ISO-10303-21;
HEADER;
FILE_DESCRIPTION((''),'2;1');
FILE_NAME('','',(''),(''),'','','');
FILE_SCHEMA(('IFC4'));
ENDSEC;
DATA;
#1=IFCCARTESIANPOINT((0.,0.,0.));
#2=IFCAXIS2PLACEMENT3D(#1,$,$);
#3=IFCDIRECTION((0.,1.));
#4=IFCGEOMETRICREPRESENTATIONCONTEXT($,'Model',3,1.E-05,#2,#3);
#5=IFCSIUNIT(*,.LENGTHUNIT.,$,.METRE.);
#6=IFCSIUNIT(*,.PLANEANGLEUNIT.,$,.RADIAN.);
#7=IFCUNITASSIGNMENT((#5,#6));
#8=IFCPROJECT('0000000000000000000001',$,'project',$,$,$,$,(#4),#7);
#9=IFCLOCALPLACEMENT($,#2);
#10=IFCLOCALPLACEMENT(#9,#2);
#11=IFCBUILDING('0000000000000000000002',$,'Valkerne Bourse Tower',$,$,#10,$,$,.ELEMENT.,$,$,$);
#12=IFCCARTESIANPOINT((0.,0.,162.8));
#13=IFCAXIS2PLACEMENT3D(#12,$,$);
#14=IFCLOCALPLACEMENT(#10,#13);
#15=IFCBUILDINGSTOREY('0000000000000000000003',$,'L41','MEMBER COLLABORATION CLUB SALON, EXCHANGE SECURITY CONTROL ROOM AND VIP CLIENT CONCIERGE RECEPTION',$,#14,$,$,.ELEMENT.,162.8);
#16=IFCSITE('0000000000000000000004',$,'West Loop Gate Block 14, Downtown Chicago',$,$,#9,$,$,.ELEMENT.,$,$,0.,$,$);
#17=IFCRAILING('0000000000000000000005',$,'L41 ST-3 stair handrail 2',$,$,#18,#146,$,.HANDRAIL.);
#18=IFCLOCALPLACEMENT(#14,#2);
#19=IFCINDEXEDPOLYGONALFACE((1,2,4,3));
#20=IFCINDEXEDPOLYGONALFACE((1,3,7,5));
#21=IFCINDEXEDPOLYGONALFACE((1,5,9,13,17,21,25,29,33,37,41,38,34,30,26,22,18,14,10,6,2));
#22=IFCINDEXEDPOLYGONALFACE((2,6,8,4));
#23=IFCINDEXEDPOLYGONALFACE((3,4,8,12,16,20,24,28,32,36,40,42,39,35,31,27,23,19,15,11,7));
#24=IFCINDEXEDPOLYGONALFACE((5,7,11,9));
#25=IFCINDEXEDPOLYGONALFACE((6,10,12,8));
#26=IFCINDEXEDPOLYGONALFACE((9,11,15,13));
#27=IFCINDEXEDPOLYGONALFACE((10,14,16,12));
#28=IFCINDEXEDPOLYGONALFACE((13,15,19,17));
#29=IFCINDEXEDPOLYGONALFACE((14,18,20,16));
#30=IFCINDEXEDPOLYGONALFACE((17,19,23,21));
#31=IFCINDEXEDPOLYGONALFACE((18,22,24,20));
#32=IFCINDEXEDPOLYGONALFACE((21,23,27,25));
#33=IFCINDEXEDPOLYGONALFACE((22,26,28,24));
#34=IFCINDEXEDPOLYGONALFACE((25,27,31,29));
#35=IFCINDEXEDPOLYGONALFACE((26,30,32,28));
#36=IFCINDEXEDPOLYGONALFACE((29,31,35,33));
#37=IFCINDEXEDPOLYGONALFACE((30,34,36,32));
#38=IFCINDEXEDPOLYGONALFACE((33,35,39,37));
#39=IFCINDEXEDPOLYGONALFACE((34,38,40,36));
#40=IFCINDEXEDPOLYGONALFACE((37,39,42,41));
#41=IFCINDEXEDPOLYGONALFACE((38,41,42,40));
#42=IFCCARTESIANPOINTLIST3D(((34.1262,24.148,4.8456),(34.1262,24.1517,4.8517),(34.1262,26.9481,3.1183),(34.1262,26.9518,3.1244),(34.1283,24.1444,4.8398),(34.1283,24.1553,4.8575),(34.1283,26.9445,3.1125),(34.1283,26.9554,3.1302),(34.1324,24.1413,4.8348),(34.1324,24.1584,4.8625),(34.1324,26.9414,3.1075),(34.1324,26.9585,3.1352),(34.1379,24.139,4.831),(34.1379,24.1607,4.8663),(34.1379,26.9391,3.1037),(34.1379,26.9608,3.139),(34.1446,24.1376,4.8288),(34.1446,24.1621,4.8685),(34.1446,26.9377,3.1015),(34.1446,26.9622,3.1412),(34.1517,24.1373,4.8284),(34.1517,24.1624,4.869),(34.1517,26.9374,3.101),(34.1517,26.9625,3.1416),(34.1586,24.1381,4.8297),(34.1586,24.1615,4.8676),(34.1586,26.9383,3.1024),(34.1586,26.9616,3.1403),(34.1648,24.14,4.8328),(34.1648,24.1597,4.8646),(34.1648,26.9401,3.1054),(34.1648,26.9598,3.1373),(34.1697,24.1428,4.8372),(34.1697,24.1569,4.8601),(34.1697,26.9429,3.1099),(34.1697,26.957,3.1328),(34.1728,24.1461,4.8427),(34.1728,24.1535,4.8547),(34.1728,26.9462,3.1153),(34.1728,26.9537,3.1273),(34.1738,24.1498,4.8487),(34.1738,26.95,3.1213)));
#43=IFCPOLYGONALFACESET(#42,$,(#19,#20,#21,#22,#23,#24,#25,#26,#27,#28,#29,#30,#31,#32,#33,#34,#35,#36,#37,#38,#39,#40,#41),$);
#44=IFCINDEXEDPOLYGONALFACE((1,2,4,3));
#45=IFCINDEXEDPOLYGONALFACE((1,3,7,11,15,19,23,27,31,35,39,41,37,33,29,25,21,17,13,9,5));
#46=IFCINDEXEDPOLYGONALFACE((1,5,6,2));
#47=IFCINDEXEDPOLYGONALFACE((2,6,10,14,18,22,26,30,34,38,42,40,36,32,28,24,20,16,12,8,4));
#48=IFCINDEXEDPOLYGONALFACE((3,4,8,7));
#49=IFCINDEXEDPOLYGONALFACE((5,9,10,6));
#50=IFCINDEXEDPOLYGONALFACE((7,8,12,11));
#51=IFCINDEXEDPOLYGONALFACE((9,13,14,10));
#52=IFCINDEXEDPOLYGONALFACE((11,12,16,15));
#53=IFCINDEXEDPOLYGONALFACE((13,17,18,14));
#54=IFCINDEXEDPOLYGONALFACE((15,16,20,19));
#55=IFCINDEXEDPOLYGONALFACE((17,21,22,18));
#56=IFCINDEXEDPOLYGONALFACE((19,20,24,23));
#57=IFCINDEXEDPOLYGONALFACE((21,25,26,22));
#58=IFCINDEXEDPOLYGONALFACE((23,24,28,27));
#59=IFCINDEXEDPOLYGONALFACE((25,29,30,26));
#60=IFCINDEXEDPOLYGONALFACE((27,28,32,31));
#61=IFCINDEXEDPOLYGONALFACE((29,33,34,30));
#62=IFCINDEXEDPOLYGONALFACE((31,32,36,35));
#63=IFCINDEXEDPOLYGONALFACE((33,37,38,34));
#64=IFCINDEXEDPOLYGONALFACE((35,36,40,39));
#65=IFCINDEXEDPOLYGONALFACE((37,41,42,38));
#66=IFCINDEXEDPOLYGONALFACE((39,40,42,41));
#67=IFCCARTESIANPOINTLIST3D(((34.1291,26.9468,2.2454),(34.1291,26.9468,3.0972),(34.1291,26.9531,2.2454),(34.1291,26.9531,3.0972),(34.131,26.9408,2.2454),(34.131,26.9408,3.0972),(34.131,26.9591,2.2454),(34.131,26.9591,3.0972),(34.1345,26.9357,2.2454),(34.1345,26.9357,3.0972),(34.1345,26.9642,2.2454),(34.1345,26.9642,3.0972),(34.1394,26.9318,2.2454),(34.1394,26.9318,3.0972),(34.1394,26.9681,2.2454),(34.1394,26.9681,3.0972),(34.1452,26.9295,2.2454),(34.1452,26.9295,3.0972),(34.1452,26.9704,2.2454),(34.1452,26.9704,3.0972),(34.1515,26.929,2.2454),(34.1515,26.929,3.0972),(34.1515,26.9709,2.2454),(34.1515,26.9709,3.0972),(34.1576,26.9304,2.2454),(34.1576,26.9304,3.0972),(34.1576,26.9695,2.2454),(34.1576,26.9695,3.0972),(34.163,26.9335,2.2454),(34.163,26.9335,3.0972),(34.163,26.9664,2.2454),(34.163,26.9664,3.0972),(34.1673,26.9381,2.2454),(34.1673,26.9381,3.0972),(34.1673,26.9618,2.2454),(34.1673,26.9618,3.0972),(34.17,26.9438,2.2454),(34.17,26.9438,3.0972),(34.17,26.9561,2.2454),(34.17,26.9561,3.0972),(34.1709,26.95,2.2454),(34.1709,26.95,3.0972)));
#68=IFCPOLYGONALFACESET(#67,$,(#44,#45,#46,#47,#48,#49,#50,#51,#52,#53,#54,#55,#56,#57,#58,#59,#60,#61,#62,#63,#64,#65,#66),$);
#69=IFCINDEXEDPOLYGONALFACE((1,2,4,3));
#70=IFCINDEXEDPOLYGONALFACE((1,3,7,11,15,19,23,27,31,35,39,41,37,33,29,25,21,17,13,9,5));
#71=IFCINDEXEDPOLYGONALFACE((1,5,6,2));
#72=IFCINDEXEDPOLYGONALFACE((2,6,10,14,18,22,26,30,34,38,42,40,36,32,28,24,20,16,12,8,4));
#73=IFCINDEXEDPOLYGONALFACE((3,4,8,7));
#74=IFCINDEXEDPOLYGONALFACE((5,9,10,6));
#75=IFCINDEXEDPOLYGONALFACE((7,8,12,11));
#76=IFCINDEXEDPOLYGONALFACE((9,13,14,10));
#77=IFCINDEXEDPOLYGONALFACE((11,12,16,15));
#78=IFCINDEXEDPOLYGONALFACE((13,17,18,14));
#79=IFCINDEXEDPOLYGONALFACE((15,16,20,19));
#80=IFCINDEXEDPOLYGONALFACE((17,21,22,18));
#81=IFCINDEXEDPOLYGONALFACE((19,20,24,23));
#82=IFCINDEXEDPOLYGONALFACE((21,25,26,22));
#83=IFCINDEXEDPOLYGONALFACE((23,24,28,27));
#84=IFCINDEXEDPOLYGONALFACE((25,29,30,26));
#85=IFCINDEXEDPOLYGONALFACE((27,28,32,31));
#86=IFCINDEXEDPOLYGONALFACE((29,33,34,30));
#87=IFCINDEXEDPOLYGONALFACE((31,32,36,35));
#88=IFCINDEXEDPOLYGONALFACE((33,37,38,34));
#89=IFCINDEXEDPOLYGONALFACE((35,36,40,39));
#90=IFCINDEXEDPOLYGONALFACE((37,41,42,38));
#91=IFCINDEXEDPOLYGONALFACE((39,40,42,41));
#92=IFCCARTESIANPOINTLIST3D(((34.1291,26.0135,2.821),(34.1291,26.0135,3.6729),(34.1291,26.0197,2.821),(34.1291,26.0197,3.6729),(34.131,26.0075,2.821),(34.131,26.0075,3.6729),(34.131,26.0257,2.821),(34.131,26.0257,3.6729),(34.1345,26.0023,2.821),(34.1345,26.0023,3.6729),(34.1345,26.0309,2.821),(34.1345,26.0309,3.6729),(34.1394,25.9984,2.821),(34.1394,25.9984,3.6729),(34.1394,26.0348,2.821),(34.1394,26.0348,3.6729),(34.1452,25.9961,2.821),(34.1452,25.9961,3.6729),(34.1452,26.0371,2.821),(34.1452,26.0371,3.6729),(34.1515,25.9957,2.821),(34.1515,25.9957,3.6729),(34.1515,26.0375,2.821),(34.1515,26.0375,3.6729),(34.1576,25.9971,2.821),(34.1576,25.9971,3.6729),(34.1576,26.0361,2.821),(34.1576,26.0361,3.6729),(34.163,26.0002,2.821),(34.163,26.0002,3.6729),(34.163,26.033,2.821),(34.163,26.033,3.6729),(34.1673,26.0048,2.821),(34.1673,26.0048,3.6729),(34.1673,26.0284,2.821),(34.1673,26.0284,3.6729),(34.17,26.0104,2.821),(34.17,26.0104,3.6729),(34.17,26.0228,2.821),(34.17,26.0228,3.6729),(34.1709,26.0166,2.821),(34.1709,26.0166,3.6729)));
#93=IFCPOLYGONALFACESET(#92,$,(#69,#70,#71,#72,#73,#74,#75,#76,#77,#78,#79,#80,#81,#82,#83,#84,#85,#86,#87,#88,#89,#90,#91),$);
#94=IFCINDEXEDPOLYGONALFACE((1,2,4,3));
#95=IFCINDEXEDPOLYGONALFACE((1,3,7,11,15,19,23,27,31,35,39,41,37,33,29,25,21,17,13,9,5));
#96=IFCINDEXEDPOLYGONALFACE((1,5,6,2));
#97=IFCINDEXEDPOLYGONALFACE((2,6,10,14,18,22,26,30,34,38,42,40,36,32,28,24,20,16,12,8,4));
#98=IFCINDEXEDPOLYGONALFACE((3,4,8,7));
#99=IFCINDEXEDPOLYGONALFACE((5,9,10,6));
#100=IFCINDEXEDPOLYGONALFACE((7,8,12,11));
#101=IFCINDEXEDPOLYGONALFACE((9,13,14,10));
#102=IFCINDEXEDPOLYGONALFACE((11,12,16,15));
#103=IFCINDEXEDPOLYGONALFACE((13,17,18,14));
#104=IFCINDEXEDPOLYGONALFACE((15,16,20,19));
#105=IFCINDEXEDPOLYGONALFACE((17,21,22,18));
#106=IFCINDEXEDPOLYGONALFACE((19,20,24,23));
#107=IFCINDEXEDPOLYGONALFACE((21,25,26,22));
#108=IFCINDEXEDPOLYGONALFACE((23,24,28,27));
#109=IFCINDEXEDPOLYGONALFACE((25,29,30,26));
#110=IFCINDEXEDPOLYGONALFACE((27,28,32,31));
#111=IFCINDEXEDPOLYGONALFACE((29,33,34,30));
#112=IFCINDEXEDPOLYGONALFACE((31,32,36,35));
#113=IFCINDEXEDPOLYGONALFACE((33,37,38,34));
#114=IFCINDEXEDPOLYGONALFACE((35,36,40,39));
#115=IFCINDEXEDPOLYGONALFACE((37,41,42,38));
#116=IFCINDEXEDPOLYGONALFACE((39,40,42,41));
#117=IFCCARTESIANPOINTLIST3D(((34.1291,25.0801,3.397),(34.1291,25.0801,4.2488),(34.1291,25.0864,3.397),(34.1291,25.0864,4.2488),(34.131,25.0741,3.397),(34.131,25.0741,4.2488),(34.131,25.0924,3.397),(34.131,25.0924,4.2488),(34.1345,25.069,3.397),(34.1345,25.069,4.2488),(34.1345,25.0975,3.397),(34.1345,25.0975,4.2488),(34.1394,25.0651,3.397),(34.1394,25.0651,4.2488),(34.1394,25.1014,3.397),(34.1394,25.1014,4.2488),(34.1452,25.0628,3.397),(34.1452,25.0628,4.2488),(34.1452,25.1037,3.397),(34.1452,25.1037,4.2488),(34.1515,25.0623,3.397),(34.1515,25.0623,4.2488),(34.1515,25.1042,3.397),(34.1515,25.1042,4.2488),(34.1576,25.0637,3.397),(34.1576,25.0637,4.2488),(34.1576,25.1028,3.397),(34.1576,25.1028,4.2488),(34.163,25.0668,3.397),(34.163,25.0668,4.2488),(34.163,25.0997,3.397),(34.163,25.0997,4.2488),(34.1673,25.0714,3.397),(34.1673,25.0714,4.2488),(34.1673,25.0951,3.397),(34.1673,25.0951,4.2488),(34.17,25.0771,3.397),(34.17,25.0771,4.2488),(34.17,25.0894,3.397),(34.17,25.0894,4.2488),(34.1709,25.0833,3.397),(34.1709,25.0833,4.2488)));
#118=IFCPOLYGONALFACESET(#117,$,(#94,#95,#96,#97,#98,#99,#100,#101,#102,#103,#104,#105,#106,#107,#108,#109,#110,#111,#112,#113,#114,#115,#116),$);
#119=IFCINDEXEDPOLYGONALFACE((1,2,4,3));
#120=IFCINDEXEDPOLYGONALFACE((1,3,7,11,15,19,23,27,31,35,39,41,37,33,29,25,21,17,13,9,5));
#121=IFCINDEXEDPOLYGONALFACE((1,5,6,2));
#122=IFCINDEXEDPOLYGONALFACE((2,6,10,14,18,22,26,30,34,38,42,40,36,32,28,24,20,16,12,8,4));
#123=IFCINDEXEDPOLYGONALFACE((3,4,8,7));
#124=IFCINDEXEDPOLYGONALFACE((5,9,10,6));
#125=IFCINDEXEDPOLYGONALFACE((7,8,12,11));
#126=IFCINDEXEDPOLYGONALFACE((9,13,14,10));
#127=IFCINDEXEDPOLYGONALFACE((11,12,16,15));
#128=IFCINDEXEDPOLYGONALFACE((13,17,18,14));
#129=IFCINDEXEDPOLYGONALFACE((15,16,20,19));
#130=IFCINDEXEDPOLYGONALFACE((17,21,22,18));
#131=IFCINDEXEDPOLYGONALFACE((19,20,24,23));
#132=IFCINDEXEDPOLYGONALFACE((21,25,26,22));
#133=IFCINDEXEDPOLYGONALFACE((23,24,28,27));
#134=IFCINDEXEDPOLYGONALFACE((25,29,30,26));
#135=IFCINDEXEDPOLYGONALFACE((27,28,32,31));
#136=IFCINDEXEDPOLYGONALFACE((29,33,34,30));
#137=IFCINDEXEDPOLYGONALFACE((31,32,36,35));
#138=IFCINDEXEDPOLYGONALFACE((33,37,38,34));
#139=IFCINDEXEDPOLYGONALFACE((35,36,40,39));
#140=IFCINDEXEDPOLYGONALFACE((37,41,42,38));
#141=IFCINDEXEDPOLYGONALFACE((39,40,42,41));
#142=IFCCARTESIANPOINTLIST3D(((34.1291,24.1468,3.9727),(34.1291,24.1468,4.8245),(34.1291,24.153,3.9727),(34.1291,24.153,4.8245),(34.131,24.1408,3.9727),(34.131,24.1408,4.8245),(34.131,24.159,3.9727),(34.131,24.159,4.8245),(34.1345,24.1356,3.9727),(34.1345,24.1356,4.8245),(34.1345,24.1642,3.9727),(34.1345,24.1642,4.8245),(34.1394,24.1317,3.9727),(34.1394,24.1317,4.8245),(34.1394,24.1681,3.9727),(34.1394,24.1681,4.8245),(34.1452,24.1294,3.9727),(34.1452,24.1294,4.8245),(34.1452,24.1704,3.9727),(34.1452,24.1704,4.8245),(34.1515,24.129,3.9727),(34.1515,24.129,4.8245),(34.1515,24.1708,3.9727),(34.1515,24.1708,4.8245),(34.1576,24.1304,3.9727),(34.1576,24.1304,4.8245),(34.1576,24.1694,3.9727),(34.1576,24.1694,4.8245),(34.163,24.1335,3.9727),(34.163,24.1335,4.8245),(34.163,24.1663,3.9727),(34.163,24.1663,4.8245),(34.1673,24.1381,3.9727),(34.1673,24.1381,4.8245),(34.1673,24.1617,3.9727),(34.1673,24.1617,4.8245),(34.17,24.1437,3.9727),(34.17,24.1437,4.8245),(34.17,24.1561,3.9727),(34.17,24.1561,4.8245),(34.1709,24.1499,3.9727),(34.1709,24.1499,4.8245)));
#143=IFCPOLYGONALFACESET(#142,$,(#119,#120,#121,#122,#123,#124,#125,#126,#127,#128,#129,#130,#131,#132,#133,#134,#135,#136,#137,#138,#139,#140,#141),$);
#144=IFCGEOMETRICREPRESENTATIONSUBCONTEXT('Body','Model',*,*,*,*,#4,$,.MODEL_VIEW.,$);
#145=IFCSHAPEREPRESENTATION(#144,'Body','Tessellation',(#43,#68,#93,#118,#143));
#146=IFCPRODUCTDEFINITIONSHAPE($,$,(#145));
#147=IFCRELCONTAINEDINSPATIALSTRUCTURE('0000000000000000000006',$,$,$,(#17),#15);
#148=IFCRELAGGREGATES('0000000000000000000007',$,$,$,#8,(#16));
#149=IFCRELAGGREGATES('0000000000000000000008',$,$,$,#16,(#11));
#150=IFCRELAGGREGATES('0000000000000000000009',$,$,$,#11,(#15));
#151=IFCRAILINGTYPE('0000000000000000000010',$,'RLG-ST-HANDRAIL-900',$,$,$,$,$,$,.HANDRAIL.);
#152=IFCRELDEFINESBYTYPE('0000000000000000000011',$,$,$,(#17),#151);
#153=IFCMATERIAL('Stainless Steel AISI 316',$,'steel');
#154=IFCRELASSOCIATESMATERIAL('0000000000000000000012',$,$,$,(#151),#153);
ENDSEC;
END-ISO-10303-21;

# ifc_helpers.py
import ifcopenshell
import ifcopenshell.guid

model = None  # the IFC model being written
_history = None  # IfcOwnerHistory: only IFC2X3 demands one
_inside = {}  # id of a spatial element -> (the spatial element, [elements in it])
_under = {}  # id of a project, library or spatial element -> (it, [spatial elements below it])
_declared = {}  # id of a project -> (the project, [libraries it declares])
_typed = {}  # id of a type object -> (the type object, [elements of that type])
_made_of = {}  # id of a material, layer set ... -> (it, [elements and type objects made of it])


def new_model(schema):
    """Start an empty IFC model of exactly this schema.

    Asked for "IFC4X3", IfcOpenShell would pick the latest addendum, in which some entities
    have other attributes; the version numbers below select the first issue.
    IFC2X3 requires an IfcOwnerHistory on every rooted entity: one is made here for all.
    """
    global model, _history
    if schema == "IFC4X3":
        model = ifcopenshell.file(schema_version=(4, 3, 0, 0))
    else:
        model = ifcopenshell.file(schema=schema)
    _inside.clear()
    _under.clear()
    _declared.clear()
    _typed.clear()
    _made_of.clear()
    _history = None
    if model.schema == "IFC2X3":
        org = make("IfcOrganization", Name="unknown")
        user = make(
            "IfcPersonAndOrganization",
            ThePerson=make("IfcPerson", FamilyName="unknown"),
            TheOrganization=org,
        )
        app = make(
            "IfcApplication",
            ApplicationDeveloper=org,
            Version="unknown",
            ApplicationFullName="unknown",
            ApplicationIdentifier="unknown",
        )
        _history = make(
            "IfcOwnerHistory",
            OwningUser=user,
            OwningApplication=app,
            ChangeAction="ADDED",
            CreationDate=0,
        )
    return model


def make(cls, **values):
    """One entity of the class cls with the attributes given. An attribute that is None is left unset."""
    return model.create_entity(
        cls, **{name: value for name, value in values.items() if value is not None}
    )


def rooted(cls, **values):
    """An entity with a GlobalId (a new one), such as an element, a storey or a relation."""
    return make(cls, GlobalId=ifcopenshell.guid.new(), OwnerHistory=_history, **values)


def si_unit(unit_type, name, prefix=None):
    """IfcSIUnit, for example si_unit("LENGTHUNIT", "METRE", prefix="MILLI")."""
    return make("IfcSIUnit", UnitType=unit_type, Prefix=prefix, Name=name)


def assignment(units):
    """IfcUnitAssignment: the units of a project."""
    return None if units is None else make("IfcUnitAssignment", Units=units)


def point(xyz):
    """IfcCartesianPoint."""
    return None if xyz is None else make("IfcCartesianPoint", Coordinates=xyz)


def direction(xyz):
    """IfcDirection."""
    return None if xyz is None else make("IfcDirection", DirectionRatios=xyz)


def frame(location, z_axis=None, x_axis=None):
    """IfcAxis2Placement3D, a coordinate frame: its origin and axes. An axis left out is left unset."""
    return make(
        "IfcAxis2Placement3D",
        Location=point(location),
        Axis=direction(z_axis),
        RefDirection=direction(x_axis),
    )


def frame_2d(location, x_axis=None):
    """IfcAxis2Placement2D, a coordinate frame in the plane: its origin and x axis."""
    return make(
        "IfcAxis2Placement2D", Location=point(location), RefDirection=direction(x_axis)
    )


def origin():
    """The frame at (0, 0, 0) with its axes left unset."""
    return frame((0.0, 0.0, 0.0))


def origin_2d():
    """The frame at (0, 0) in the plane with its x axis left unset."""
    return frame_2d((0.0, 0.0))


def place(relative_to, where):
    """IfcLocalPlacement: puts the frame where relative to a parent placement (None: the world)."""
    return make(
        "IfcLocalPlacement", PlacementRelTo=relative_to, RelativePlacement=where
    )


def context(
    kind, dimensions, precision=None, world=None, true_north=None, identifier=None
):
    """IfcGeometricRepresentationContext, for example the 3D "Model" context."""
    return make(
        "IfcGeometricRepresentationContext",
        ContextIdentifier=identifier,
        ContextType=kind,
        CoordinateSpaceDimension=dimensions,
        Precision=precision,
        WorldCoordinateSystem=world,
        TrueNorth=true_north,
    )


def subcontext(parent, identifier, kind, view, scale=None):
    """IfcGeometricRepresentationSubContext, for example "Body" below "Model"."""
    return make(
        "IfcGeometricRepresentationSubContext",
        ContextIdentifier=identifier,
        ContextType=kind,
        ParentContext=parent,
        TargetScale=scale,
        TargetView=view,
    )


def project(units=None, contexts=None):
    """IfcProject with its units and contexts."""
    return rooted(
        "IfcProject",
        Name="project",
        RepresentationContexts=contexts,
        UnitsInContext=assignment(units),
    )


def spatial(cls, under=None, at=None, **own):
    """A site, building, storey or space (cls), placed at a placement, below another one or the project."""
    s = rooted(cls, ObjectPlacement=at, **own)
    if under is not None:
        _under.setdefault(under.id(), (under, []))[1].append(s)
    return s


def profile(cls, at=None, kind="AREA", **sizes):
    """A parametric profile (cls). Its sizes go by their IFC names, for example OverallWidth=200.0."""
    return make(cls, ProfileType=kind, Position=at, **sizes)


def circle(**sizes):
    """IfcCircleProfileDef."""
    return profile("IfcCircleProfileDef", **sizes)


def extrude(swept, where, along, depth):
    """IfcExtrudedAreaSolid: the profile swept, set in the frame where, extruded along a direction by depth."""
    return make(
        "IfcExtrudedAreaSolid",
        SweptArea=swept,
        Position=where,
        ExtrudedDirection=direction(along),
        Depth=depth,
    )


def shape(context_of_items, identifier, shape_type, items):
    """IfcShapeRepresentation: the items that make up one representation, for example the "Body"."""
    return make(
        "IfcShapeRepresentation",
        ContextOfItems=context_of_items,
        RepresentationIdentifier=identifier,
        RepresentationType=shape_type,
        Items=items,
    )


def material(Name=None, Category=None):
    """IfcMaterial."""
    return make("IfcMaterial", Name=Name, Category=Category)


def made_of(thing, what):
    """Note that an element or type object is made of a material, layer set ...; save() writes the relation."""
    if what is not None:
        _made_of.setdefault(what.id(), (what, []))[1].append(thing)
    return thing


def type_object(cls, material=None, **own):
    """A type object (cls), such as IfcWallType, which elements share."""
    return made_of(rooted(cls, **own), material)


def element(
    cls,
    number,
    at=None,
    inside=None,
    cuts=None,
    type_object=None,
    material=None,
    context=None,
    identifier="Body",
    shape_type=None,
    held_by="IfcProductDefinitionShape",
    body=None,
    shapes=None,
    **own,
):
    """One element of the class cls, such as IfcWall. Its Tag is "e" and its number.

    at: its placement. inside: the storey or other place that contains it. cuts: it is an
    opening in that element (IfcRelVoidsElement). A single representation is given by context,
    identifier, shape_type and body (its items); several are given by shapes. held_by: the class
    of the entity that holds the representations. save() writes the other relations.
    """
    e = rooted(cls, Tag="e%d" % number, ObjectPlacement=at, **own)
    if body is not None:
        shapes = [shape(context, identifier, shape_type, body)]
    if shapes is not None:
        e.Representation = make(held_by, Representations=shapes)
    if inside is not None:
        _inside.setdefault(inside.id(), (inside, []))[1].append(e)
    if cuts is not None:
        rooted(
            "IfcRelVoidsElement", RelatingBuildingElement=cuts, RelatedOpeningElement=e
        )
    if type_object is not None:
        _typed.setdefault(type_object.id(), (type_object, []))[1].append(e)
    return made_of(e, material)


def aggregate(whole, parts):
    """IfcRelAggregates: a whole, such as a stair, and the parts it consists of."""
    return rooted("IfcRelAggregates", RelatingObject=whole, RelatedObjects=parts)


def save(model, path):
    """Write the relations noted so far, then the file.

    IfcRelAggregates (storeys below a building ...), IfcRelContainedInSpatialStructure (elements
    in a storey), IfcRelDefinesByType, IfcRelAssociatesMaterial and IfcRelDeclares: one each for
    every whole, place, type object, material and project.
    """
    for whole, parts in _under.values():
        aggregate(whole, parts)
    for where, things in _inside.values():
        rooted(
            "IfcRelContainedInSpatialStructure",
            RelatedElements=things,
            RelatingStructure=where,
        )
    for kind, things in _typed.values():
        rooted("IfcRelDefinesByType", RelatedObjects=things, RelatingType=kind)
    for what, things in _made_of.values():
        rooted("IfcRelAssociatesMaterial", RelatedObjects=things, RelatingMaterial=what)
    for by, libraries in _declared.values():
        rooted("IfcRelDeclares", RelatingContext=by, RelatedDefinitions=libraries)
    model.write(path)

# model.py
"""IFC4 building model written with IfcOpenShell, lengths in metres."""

from ifc_helpers import new_model, si_unit, direction, frame, origin, origin_2d, place, context, subcontext, project, spatial, circle, extrude, material, type_object, element, save


model = new_model("IFC4")

# Units and contexts
model_context = context("Model", 3, precision=1e-05, world=origin(), true_north=direction((0.0, 1.0)))
body_context = subcontext(model_context, "Body", "Model", "MODEL_VIEW")
ifc_project = project(units=[si_unit("LENGTHUNIT", "METRE"), si_unit("PLANEANGLEUNIT", "RADIAN")], contexts=[model_context])

# Site, building, storey
site_placement = place(None, origin())
site = spatial("IfcSite", under=ifc_project, at=site_placement, Name="West Loop Gate Block 14, Downtown Chicago", CompositionType="ELEMENT", RefElevation=0.0)
building_placement = place(site_placement, origin())
building = spatial("IfcBuilding", under=site, at=building_placement, Name="Valkerne Bourse Tower", CompositionType="ELEMENT")
storey_placement = place(building_placement, frame((0.0, 0.0, 162.8)))
storey = spatial("IfcBuildingStorey", under=building, at=storey_placement, Name="L41", Description="MEMBER COLLABORATION CLUB SALON, EXCHANGE SECURITY CONTROL ROOM AND VIP CLIENT CONCIERGE RECEPTION", CompositionType="ELEMENT", Elevation=162.8)

# Railing
ifc_material_1 = material(Name="Stainless Steel AISI 316", Category="steel")
railing_type_1 = type_object("IfcRailingType", Name="RLG-ST-HANDRAIL-900", PredefinedType="HANDRAIL", material=ifc_material_1)
railing_1_placement = place(storey_placement, frame((34.1499, 26.95, 2.2454)))
element("IfcRailing", 1, at=railing_1_placement, inside=storey, type_object=railing_type_1, Name="L41 ST-3 stair handrail 2", PredefinedType="HANDRAIL", context=body_context, shape_type="SweptSolid", body=[
    extrude(circle(Radius=0.0239, at=origin_2d()), frame((0.0, 0.0, 0.876), z_axis=(0.0, -0.85109, 0.52502), x_axis=(1.0, 0.0, 0.0)), (0.0, 0.0, 1.0), 3.29),
    extrude(circle(Radius=0.021, at=origin_2d()), origin(), (0.0, 0.0, 1.0), 0.8518),
    extrude(circle(Radius=0.021, at=origin_2d()), frame((0.0, -0.9333, 0.5757)), (0.0, 0.0, 1.0), 0.8518),
    extrude(circle(Radius=0.021, at=origin_2d()), frame((0.0, -1.8667, 1.1516)), (0.0, 0.0, 1.0), 0.8518),
    extrude(circle(Radius=0.021, at=origin_2d()), frame((0.0, -2.8, 1.7273)), (0.0, 0.0, 1.0), 0.8518),
])

save(model, "model.ifc")
